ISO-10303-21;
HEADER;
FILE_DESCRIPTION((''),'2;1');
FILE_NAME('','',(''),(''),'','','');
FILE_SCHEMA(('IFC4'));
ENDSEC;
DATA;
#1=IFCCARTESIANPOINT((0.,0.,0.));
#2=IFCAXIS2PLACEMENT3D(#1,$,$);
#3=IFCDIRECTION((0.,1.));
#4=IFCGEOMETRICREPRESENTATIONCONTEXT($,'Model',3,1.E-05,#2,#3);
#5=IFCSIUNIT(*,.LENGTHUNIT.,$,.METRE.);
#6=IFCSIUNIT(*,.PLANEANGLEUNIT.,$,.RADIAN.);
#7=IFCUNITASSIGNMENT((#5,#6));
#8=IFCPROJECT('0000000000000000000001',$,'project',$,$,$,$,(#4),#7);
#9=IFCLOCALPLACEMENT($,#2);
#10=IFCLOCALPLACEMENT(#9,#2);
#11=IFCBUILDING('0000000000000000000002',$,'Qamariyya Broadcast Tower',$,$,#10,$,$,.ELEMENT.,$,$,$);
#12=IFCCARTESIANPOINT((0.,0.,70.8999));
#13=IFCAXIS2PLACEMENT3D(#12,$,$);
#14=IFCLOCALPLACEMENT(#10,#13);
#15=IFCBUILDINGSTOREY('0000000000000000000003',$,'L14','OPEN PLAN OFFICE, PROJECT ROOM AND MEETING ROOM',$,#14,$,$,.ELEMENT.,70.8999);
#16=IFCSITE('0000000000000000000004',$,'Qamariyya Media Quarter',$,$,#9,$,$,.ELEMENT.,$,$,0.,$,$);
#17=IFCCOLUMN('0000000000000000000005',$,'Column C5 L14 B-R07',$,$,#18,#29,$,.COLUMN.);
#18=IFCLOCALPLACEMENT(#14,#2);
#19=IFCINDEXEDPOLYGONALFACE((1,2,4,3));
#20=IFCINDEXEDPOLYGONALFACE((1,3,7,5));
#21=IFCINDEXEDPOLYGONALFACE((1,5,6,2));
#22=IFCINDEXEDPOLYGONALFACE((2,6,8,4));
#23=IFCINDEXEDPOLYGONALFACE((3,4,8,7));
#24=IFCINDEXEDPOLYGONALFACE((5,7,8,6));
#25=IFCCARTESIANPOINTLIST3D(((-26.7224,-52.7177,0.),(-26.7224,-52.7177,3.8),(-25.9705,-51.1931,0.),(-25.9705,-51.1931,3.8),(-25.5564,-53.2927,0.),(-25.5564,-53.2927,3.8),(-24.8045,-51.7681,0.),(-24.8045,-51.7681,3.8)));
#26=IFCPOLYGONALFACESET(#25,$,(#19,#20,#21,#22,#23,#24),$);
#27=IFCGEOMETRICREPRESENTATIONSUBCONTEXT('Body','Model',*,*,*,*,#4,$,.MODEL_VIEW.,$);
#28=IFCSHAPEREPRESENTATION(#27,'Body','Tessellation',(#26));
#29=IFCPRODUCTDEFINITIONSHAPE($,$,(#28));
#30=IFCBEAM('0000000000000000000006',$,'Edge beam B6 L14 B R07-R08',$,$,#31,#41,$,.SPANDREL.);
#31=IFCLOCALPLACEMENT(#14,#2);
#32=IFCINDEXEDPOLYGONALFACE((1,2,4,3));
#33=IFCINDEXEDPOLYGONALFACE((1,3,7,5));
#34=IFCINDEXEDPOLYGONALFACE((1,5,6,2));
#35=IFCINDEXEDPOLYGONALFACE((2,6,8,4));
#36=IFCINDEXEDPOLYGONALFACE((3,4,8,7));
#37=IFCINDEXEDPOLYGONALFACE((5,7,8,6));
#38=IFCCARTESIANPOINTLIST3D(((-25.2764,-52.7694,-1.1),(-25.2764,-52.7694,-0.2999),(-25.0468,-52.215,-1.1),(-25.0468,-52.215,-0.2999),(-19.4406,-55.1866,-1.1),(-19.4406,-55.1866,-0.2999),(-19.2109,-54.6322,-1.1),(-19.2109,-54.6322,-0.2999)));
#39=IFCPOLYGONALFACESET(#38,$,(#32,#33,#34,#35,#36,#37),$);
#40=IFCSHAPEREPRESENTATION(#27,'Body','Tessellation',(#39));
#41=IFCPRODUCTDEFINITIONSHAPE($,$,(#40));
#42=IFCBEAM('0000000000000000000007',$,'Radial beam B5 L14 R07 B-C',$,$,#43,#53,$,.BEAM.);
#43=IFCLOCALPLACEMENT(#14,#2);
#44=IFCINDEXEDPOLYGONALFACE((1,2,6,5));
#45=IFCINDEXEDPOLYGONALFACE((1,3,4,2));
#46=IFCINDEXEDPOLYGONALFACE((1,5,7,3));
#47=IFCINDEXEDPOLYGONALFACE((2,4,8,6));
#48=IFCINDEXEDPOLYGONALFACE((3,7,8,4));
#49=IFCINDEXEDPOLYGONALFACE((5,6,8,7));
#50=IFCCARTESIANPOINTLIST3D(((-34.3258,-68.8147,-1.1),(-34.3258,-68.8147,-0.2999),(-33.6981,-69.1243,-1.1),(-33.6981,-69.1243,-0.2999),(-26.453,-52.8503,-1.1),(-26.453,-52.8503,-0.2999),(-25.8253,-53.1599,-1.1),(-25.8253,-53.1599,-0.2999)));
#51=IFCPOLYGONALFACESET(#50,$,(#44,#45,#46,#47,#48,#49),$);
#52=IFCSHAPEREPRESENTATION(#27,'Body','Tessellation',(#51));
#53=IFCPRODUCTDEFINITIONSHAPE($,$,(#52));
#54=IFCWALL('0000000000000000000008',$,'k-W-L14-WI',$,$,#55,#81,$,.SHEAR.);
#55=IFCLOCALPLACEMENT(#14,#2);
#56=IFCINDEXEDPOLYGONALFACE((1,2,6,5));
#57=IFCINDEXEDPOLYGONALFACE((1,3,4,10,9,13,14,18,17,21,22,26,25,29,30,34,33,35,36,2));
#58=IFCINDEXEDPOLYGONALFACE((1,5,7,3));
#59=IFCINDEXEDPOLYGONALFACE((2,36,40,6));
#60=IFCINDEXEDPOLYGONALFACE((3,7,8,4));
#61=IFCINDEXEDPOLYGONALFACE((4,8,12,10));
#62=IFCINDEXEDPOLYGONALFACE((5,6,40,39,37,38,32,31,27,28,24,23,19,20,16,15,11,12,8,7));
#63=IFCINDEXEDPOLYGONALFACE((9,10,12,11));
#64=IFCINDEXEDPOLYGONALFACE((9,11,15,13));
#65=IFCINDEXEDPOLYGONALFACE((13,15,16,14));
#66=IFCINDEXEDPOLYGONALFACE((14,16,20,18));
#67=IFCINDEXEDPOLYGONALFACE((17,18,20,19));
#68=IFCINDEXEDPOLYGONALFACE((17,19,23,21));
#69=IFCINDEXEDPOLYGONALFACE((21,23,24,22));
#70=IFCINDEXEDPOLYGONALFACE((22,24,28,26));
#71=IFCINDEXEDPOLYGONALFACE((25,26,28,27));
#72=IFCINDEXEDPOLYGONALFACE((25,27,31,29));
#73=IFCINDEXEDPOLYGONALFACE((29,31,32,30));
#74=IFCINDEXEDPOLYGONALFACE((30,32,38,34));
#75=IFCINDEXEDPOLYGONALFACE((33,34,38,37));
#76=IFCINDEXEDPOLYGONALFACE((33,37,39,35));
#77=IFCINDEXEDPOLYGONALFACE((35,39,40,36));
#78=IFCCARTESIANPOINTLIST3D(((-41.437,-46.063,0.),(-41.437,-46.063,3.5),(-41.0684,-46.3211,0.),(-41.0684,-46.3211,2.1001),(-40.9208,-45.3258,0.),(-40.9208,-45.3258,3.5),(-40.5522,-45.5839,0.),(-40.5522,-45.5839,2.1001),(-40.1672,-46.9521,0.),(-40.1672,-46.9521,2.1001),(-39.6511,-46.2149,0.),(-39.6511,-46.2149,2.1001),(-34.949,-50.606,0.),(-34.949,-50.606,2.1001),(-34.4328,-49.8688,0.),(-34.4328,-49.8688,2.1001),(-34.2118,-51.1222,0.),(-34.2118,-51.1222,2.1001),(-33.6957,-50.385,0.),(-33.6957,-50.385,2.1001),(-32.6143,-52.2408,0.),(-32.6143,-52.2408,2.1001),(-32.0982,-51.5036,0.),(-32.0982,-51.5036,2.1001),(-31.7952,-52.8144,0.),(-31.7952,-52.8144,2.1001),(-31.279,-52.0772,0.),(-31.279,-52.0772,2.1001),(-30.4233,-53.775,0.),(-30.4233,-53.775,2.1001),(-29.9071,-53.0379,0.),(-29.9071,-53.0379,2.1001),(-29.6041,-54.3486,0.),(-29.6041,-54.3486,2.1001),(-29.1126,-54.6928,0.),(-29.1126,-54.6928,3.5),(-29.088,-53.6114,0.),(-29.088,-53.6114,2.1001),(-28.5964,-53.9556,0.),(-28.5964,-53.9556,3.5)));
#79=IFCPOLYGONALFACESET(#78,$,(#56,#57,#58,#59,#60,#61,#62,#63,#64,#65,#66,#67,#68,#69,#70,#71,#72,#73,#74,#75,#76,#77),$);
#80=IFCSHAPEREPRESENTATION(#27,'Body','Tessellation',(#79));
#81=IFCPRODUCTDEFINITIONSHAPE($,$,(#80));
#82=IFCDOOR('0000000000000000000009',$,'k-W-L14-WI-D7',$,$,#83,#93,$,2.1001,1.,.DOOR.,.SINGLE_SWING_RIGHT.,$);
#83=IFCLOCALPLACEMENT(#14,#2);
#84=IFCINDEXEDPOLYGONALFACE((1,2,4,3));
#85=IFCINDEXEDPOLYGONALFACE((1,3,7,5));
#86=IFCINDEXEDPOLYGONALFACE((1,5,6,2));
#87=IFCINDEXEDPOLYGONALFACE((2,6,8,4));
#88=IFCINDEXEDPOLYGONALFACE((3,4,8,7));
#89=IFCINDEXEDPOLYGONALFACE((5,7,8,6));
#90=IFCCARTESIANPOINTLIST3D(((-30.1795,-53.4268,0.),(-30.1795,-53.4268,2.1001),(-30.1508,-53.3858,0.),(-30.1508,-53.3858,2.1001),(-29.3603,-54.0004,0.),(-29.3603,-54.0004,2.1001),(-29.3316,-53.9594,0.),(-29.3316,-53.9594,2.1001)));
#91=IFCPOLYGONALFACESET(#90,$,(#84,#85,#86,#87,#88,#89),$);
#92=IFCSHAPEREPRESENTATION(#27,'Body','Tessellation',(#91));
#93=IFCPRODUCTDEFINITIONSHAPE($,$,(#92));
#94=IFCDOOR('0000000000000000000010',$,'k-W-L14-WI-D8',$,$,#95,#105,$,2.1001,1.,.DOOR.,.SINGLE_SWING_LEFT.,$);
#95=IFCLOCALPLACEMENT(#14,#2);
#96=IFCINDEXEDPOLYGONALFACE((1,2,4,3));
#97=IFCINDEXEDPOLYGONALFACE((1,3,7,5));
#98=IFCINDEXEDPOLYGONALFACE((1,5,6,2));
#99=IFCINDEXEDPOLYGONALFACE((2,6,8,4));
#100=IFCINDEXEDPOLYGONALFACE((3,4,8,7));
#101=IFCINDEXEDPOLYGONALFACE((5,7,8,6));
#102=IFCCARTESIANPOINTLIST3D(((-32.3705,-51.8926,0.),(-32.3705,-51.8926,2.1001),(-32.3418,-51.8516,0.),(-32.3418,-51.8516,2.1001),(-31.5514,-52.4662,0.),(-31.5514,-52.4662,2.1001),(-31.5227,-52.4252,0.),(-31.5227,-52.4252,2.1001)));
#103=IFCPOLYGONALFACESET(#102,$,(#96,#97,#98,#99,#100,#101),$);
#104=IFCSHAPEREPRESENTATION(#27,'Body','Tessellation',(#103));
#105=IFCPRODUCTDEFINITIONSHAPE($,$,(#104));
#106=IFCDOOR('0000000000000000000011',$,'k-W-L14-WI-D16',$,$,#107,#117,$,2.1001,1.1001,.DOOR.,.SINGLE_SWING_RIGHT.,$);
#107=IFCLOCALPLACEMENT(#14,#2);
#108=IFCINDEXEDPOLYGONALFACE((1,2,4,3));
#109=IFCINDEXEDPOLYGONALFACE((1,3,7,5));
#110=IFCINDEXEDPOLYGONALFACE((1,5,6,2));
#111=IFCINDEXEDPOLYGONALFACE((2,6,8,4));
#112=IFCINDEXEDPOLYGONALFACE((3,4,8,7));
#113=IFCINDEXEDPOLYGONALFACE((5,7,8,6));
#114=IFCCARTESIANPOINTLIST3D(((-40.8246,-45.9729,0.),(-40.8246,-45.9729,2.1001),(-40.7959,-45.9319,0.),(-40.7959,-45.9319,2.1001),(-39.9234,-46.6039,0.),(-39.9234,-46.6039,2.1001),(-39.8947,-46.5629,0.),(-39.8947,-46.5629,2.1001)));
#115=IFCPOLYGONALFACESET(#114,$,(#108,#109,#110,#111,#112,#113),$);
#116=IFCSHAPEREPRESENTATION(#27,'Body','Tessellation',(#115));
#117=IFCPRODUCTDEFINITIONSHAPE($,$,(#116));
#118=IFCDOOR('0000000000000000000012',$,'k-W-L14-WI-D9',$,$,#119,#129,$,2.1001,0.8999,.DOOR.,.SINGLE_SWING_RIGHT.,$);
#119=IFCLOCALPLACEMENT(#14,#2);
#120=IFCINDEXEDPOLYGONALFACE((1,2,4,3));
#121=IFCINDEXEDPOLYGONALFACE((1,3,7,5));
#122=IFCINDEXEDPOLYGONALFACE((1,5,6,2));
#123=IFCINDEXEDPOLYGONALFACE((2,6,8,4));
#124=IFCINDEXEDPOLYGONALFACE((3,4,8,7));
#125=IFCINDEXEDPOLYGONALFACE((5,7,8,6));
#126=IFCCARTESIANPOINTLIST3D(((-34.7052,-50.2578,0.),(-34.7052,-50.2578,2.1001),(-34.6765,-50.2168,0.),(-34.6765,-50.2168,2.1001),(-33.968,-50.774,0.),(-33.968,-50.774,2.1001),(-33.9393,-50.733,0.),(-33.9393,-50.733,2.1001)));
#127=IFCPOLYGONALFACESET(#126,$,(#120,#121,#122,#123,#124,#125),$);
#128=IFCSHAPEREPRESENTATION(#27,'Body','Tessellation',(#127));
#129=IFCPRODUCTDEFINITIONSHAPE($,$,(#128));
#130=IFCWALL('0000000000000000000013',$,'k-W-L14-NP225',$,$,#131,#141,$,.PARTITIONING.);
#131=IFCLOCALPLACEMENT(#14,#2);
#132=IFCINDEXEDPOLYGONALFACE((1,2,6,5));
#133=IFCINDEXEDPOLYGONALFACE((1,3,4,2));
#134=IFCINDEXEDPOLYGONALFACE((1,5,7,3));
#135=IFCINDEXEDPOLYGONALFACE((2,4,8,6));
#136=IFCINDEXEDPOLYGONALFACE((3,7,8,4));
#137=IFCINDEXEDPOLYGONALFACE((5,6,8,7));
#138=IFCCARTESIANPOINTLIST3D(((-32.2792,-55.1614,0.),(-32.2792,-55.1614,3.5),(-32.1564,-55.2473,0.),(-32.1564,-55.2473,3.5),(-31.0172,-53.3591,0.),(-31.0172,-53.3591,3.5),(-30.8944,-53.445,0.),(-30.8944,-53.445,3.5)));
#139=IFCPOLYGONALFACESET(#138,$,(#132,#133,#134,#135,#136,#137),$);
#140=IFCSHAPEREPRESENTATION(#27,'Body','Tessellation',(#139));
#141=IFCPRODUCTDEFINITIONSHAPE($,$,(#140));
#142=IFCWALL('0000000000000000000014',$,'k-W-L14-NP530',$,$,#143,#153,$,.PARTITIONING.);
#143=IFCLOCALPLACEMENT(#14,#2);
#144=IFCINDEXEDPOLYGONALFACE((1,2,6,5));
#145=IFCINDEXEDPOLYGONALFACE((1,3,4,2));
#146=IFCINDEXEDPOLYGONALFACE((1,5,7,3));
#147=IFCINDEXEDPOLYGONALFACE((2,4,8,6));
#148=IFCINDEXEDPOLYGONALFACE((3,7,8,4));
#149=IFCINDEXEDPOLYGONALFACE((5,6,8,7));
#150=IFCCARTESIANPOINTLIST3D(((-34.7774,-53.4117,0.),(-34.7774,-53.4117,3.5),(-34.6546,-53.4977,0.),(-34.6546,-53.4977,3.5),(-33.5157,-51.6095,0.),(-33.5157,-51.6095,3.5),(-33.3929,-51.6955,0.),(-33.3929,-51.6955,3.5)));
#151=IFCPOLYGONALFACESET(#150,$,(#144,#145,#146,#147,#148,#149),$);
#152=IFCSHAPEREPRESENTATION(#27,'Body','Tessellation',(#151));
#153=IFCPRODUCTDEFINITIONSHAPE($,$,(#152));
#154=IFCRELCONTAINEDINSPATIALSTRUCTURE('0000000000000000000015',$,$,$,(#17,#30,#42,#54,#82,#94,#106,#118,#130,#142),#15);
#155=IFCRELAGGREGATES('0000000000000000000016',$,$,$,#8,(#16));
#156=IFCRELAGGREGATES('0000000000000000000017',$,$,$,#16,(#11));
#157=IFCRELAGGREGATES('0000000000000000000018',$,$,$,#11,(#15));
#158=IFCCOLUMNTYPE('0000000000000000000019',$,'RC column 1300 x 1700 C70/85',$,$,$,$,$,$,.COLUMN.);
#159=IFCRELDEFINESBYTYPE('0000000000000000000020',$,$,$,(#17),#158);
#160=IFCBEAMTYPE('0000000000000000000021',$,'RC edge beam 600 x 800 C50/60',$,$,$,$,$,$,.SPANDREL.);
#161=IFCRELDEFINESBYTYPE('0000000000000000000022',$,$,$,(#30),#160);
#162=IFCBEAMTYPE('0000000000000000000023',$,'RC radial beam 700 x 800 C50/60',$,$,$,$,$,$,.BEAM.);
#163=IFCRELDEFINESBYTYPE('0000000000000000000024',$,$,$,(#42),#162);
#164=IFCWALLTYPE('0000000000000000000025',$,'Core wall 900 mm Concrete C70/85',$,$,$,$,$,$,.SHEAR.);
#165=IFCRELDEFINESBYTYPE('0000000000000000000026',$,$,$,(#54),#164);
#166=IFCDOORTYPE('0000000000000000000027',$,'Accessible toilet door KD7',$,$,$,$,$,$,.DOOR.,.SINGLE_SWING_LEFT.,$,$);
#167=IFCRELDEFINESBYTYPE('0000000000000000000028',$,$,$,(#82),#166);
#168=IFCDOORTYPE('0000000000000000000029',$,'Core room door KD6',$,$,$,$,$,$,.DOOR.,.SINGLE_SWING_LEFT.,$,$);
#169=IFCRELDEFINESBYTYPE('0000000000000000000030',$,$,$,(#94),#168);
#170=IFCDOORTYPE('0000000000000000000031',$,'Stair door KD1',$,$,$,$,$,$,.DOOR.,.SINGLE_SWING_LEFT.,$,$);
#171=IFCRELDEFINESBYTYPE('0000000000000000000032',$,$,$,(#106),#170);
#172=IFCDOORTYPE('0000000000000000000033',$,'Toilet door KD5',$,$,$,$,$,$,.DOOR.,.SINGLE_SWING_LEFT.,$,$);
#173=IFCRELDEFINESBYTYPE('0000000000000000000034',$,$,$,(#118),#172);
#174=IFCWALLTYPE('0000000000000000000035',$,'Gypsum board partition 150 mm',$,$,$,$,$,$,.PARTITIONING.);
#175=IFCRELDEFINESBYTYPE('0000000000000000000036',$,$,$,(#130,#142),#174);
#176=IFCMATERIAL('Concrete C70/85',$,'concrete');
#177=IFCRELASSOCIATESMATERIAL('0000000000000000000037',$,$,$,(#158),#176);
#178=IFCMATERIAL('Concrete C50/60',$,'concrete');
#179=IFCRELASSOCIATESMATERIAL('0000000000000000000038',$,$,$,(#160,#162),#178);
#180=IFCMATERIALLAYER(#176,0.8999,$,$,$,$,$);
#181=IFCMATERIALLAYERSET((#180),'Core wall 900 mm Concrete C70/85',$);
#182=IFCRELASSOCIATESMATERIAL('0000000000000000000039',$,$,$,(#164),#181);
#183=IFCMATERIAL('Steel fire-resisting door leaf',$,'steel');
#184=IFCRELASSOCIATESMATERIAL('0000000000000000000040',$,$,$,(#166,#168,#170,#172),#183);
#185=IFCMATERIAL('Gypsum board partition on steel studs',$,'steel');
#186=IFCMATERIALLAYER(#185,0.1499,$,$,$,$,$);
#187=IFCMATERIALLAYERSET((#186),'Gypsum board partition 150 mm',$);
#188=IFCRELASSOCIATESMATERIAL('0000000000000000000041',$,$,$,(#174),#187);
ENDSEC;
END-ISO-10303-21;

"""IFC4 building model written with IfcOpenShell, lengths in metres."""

from ifc_helpers import new_model, si_unit, direction, frame, frame_2d, origin, origin_2d, place, context, subcontext, project, spatial, rectangle, extrude, material, layer, layer_set, material_profile, profile_set, type_object, element, fill, save


model = new_model("IFC4")

# Units and contexts
model_context = context("Model", 3, precision=1e-05, world=origin(), true_north=direction((0.0, 1.0)))
body_context = subcontext(model_context, "Body", "Model", "MODEL_VIEW")
ifc_project = project(units=[si_unit("LENGTHUNIT", "METRE"), si_unit("PLANEANGLEUNIT", "RADIAN")], contexts=[model_context])

# Site, building, storey
site_placement = place(None, origin())
site = spatial("IfcSite", under=ifc_project, at=site_placement, Name="Qamariyya Media Quarter", CompositionType="ELEMENT", RefElevation=0.0)
building_placement = place(site_placement, origin())
building = spatial("IfcBuilding", under=site, at=building_placement, Name="Qamariyya Broadcast Tower", CompositionType="ELEMENT")
storey_placement = place(building_placement, frame((0.0, 0.0, 70.8999)))
storey = spatial("IfcBuildingStorey", under=building, at=storey_placement, Name="L14", Description="OPEN PLAN OFFICE, PROJECT ROOM AND MEETING ROOM", CompositionType="ELEMENT", Elevation=70.8999)

# Column
ifc_material_1 = material(Name="Concrete C70/85", Category="concrete")
ifc_material_profile_1 = material_profile(ifc_material_1, rectangle(XDim=1.3, YDim=1.7, at=origin_2d()))
ifc_profile_set_1 = profile_set([ifc_material_profile_1], Name="Concrete C70/85")
column_type = type_object("IfcColumnType", Name="RC column 1300 x 1700 C70/85", PredefinedType="COLUMN", material=ifc_profile_set_1)
column_placement = place(storey_placement, frame((-25.7634, -52.2429, 0.0), z_axis=(0.0, 0.0, 1.0), x_axis=(0.896873, -0.442289, 0.0)))
element("IfcColumn", 1, at=column_placement, inside=storey, type_object=column_type, Name="Column C5 L14 B-R07", PredefinedType="COLUMN", context=body_context, shape_type="SweptSolid", body=[
    extrude(rectangle(XDim=1.3, YDim=1.7, at=origin_2d()), origin(), (0.0, 0.0, 1.0), 3.8),
])

# Beams
ifc_material_2 = material(Name="Concrete C50/60", Category="concrete")
ifc_material_profile_2 = material_profile(ifc_material_2, rectangle(XDim=0.6001, YDim=0.8, at=origin_2d()))
ifc_profile_set_2 = profile_set([ifc_material_profile_2], Name="Concrete C50/60")
beam_type_1 = type_object("IfcBeamType", Name="RC edge beam 600 x 800 C50/60", PredefinedType="SPANDREL", material=ifc_profile_set_2)
beam_1_placement = place(storey_placement, frame((-25.1616, -52.4922, -0.7), z_axis=(0.923884, -0.382672, 0.0), x_axis=(0.382672, 0.923884, 0.0)))
element("IfcBeam", 2, at=beam_1_placement, inside=storey, type_object=beam_type_1, Name="Edge beam B6 L14 B R07-R08", PredefinedType="SPANDREL", context=body_context, shape_type="SweptSolid", body=[
    extrude(rectangle(XDim=0.6001, YDim=0.8, at=origin_2d()), origin(), (0.0, 0.0, 1.0), 6.3167),
])
ifc_material_profile_3 = material_profile(ifc_material_2, rectangle(XDim=0.7, YDim=0.8, at=origin_2d()))
ifc_profile_set_3 = profile_set([ifc_material_profile_3], Name="Concrete C50/60")
beam_type_2 = type_object("IfcBeamType", Name="RC radial beam 700 x 800 C50/60", PredefinedType="BEAM", material=ifc_profile_set_3)
beam_2_placement = place(storey_placement, frame((-26.1392, -53.0051, -0.7), z_axis=(-0.442291, -0.896872, 0.0), x_axis=(0.896872, -0.442291, 0.0)))
element("IfcBeam", 3, at=beam_2_placement, inside=storey, type_object=beam_type_2, Name="Radial beam B5 L14 R07 B-C", PredefinedType="BEAM", context=body_context, shape_type="SweptSolid", body=[
    extrude(rectangle(XDim=0.7, YDim=0.8, at=origin_2d()), origin(), (0.0, 0.0, 1.0), 17.8),
])

# Wall, openings, doors
ifc_layer_1 = layer(ifc_material_1, 0.8999)
ifc_layer_set_1 = layer_set([ifc_layer_1], Name="Core wall 900 mm Concrete C70/85")
wall_type_1 = type_object("IfcWallType", Name="Core wall 900 mm Concrete C70/85", PredefinedType="SHEAR", material=ifc_layer_set_1)
wall_1_placement = place(storey_placement, frame((-28.8545, -54.3242, 0.0), z_axis=(0.0, 0.0, 1.0), x_axis=(-0.819146, 0.573585, 0.0)))
wall_1 = element("IfcWall", 4, at=wall_1_placement, inside=storey, type_object=wall_type_1, Name="k-W-L14-WI", PredefinedType="SHEAR", context=body_context, shape_type="SweptSolid", body=[
    extrude(rectangle(XDim=15.0454, YDim=0.8999, at=frame_2d((7.5227, 0.0))), origin(), (0.0, 0.0, 1.0), 3.5),
])
opening_1_placement = place(wall_1_placement, frame((0.6001, 0.0, 0.0)))
opening_1 = element("IfcOpeningElement", 5, at=opening_1_placement, cuts=wall_1, PredefinedType="OPENING", context=body_context, shape_type="SweptSolid", body=[
    extrude(rectangle(XDim=1.0, YDim=2.1001, at=frame_2d((0.5, 1.05))), frame((0.0, 0.46, 0.0), z_axis=(0.0, -1.0, 0.0), x_axis=(1.0, 0.0, 0.0)), (0.0, 0.0, 1.0), 0.9199),
])
opening_2_placement = place(wall_1_placement, frame((3.2749, 0.0, 0.0)))
opening_2 = element("IfcOpeningElement", 6, at=opening_2_placement, cuts=wall_1, PredefinedType="OPENING", context=body_context, shape_type="SweptSolid", body=[
    extrude(rectangle(XDim=1.0, YDim=2.1001, at=frame_2d((0.5, 1.05))), frame((0.0, 0.46, 0.0), z_axis=(0.0, -1.0, 0.0), x_axis=(1.0, 0.0, 0.0)), (0.0, 0.0, 1.0), 0.9199),
])
opening_3_placement = place(wall_1_placement, frame((6.2251, 0.0, 0.0)))
opening_3 = element("IfcOpeningElement", 7, at=opening_3_placement, cuts=wall_1, PredefinedType="OPENING", context=body_context, shape_type="SweptSolid", body=[
    extrude(rectangle(XDim=0.8999, YDim=2.1001, at=frame_2d((0.45, 1.05))), frame((0.0, 0.46, 0.0), z_axis=(0.0, -1.0, 0.0), x_axis=(1.0, 0.0, 0.0)), (0.0, 0.0, 1.0), 0.9199),
])
opening_4_placement = place(wall_1_placement, frame((13.4954, 0.0, 0.0)))
opening_4 = element("IfcOpeningElement", 8, at=opening_4_placement, cuts=wall_1, PredefinedType="OPENING", context=body_context, shape_type="SweptSolid", body=[
    extrude(rectangle(XDim=1.1001, YDim=2.1001, at=frame_2d((0.55, 1.05))), frame((0.0, 0.46, 0.0), z_axis=(0.0, -1.0, 0.0), x_axis=(1.0, 0.0, 0.0)), (0.0, 0.0, 1.0), 0.9199),
])
ifc_material_3 = material(Name="Steel fire-resisting door leaf", Category="steel")
door_type_1 = type_object("IfcDoorType", Name="Accessible toilet door KD7", OperationType="SINGLE_SWING_LEFT", PredefinedType="DOOR", material=ifc_material_3)
door_1_placement = place(opening_1_placement, origin())
door_1 = element("IfcDoor", 9, at=door_1_placement, inside=storey, type_object=door_type_1, Name="k-W-L14-WI-D7", OperationType="SINGLE_SWING_RIGHT", OverallHeight=2.1001, OverallWidth=1.0, PredefinedType="DOOR", context=body_context, shape_type="SweptSolid", body=[
    extrude(rectangle(XDim=1.0, YDim=2.1001, at=frame_2d((0.5, 1.05))), frame((0.0, 0.0249, 0.0), z_axis=(0.0, -1.0, 0.0), x_axis=(1.0, 0.0, 0.0)), (0.0, 0.0, 1.0), 0.05),
])
fill(opening_1, door_1)
door_type_2 = type_object("IfcDoorType", Name="Core room door KD6", OperationType="SINGLE_SWING_LEFT", PredefinedType="DOOR", material=ifc_material_3)
door_2_placement = place(opening_2_placement, origin())
door_2 = element("IfcDoor", 10, at=door_2_placement, inside=storey, type_object=door_type_2, Name="k-W-L14-WI-D8", OperationType="SINGLE_SWING_LEFT", OverallHeight=2.1001, OverallWidth=1.0, PredefinedType="DOOR", context=body_context, shape_type="SweptSolid", body=[
    extrude(rectangle(XDim=1.0, YDim=2.1001, at=frame_2d((0.5, 1.05))), frame((0.0, 0.0249, 0.0), z_axis=(0.0, -1.0, 0.0), x_axis=(1.0, 0.0, 0.0)), (0.0, 0.0, 1.0), 0.05),
])
fill(opening_2, door_2)
door_type_3 = type_object("IfcDoorType", Name="Stair door KD1", OperationType="SINGLE_SWING_LEFT", PredefinedType="DOOR", material=ifc_material_3)
door_3_placement = place(opening_4_placement, origin())
door_3 = element("IfcDoor", 11, at=door_3_placement, inside=storey, type_object=door_type_3, Name="k-W-L14-WI-D16", OperationType="SINGLE_SWING_RIGHT", OverallHeight=2.1001, OverallWidth=1.1001, PredefinedType="DOOR", context=body_context, shape_type="SweptSolid", body=[
    extrude(rectangle(XDim=1.1001, YDim=2.1001, at=frame_2d((0.55, 1.05))), frame((0.0, 0.0249, 0.0), z_axis=(0.0, -1.0, 0.0), x_axis=(1.0, 0.0, 0.0)), (0.0, 0.0, 1.0), 0.05),
])
fill(opening_4, door_3)
door_type_4 = type_object("IfcDoorType", Name="Toilet door KD5", OperationType="SINGLE_SWING_LEFT", PredefinedType="DOOR", material=ifc_material_3)
door_4_placement = place(opening_3_placement, origin())
door_4 = element("IfcDoor", 12, at=door_4_placement, inside=storey, type_object=door_type_4, Name="k-W-L14-WI-D9", OperationType="SINGLE_SWING_RIGHT", OverallHeight=2.1001, OverallWidth=0.8999, PredefinedType="DOOR", context=body_context, shape_type="SweptSolid", body=[
    extrude(rectangle(XDim=0.8999, YDim=2.1001, at=frame_2d((0.45, 1.05))), frame((0.0, 0.0249, 0.0), z_axis=(0.0, -1.0, 0.0), x_axis=(1.0, 0.0, 0.0)), (0.0, 0.0, 1.0), 0.05),
])
fill(opening_3, door_4)

# Walls
ifc_material_4 = material(Name="Gypsum board partition on steel studs", Category="steel")
ifc_layer_2 = layer(ifc_material_4, 0.1499)
ifc_layer_set_2 = layer_set([ifc_layer_2], Name="Gypsum board partition 150 mm")
wall_type_2 = type_object("IfcWallType", Name="Gypsum board partition 150 mm", PredefinedType="PARTITIONING", material=ifc_layer_set_2)
wall_2_placement = place(storey_placement, frame((-32.2178, -55.2043, 0.0), z_axis=(0.0, 0.0, 1.0), x_axis=(0.573581, 0.819149, 0.0)))
element("IfcWall", 13, at=wall_2_placement, inside=storey, type_object=wall_type_2, Name="k-W-L14-NP225", PredefinedType="PARTITIONING", context=body_context, shape_type="SweptSolid", body=[
    extrude(rectangle(XDim=2.2002, YDim=0.1499, at=frame_2d((1.1001, 0.0))), origin(), (0.0, 0.0, 1.0), 3.5),
])
wall_3_placement = place(storey_placement, frame((-34.7161, -53.4548, 0.0), z_axis=(0.0, 0.0, 1.0), x_axis=(0.573507, 0.819201, 0.0)))
element("IfcWall", 14, at=wall_3_placement, inside=storey, type_object=wall_type_2, Name="k-W-L14-NP530", PredefinedType="PARTITIONING", context=body_context, shape_type="SweptSolid", body=[
    extrude(rectangle(XDim=2.2, YDim=0.1499, at=frame_2d((1.1001, 0.0))), origin(), (0.0, 0.0, 1.0), 3.5),
])

save(model, "model.ifc")
